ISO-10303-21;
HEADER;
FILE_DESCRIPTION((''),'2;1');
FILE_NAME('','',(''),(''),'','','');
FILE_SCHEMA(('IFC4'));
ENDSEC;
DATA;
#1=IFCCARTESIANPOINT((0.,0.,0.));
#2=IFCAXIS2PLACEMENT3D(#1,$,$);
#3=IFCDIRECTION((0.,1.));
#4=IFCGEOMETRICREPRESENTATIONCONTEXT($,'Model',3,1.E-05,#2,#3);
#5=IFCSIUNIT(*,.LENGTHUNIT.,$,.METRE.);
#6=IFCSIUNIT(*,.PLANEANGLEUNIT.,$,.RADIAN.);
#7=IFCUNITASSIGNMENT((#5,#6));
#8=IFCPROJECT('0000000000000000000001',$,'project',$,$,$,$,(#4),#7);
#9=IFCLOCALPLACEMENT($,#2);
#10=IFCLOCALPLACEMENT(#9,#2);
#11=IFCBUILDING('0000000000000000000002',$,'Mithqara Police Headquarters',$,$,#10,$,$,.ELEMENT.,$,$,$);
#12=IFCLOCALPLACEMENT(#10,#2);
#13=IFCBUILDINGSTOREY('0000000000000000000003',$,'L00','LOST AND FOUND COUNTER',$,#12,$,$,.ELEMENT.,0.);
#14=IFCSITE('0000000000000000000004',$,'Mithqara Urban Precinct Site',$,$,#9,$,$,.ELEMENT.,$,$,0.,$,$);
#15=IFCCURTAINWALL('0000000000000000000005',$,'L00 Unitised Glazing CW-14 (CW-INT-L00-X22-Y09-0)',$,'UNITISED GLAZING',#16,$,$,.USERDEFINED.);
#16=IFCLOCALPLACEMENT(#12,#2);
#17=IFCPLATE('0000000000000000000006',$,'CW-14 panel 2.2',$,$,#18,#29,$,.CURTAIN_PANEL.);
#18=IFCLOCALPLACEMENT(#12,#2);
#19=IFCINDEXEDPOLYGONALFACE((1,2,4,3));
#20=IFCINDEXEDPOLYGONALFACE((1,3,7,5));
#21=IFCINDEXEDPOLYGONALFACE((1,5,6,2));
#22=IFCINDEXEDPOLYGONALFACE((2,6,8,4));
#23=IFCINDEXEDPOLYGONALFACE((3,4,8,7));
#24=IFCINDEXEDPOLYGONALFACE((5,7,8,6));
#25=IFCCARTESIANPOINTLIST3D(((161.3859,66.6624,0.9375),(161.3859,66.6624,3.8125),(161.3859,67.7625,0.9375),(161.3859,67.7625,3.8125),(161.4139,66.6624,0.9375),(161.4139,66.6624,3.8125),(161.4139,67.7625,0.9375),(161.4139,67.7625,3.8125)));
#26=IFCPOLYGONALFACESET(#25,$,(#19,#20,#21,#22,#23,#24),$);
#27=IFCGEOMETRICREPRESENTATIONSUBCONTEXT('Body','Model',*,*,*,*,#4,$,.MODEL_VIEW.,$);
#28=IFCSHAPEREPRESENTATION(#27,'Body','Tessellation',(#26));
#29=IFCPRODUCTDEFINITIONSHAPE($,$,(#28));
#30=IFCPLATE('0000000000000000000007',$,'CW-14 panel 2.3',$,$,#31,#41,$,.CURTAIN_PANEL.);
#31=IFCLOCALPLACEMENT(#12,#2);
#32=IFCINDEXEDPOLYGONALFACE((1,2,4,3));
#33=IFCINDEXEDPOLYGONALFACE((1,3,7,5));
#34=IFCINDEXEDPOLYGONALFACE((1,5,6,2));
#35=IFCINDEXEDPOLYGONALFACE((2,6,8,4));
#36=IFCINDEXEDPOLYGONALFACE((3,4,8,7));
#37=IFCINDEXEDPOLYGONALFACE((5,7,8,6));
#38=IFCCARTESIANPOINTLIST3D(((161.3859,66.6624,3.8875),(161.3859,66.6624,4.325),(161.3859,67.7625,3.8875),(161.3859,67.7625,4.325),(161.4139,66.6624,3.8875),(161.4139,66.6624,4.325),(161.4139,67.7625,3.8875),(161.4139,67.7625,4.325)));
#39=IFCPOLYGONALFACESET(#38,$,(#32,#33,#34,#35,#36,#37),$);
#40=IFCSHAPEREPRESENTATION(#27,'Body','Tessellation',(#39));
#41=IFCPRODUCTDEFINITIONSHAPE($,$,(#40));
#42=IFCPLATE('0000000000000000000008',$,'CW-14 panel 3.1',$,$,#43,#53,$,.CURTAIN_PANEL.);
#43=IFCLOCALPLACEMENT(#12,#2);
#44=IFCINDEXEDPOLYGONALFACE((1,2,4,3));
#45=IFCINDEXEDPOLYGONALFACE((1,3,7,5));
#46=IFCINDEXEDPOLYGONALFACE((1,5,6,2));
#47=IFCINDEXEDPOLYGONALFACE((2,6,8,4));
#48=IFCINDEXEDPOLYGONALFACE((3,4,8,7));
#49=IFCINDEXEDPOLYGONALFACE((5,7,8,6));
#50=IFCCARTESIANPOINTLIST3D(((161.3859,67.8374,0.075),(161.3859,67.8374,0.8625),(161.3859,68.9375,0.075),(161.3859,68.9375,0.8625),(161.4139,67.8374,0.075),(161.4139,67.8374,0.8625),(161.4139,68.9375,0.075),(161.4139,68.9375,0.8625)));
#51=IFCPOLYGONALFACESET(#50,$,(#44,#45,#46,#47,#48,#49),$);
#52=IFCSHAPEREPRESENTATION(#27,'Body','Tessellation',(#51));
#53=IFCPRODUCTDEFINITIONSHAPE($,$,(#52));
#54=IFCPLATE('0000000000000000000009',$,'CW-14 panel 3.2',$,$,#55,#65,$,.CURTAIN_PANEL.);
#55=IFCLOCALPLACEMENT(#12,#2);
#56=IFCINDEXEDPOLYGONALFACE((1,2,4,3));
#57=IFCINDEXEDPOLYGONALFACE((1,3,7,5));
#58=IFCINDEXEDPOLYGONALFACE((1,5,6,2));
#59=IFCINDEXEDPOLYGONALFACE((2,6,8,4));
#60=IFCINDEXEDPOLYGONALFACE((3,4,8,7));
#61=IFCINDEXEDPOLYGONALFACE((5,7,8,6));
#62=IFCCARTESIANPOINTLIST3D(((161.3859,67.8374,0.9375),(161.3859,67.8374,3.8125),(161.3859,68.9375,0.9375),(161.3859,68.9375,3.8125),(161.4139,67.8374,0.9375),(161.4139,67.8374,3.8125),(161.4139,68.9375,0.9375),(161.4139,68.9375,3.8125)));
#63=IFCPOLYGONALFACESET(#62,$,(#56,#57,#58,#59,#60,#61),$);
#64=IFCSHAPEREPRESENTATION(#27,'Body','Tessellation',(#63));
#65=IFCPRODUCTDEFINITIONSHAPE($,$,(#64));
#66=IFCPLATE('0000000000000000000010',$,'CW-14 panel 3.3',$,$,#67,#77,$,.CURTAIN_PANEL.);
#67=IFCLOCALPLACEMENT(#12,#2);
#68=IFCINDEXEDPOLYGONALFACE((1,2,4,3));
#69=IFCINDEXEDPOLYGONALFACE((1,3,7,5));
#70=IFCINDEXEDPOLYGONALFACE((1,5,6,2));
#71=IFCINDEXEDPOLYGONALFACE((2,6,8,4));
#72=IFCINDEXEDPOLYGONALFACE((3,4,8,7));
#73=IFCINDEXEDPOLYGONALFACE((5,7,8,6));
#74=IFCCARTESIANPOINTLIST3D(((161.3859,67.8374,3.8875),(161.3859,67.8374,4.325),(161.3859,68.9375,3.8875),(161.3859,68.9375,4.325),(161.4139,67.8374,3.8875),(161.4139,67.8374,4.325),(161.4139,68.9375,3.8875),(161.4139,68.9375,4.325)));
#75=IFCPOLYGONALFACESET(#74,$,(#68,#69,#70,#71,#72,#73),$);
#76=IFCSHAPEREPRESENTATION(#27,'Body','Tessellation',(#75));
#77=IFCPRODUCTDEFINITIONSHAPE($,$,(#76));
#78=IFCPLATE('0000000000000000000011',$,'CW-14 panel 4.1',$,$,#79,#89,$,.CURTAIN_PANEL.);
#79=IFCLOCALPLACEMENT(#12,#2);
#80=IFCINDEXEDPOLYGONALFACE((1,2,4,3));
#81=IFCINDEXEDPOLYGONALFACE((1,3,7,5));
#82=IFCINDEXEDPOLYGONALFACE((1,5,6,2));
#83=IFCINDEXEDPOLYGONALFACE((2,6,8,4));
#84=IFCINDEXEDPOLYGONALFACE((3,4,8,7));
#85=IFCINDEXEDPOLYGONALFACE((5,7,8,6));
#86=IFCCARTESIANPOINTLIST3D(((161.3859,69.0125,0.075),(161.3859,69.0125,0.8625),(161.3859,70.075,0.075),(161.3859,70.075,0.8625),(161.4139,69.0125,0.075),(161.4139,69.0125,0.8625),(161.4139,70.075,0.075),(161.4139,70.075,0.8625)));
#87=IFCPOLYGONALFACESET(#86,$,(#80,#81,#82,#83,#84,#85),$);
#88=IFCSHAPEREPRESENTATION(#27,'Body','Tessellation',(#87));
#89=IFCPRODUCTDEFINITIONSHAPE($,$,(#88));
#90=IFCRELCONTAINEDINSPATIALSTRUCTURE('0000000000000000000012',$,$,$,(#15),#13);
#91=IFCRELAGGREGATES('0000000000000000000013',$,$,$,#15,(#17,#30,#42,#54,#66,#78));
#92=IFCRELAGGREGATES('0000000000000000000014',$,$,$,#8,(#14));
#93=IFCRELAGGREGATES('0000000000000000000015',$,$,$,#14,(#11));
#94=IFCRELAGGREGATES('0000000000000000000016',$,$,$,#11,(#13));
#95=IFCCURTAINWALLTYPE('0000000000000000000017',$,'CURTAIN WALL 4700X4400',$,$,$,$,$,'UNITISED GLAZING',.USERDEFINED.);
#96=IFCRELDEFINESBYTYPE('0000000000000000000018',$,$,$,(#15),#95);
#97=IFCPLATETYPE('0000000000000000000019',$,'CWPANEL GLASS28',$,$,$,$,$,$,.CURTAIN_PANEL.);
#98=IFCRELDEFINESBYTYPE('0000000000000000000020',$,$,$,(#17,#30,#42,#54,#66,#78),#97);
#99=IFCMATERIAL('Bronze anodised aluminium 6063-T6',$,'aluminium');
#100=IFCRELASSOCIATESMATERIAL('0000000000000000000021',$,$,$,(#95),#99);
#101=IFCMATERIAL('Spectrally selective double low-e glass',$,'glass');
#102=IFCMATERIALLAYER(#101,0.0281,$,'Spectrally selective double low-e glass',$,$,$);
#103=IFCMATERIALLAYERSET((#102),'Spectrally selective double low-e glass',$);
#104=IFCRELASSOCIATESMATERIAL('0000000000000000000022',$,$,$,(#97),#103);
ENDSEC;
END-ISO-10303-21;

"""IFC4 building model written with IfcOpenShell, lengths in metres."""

from ifc_helpers import new_model, si_unit, direction, frame, origin, origin_2d, place, context, subcontext, project, spatial, rectangle, extrude, material, layer, layer_set, type_object, element, aggregate, save


model = new_model("IFC4")

# Units and contexts
model_context = context("Model", 3, precision=1e-05, world=origin(), true_north=direction((0.0, 1.0)))
body_context = subcontext(model_context, "Body", "Model", "MODEL_VIEW")
ifc_project = project(units=[si_unit("LENGTHUNIT", "METRE"), si_unit("PLANEANGLEUNIT", "RADIAN")], contexts=[model_context])

# Site, building, storey
site_placement = place(None, origin())
site = spatial("IfcSite", under=ifc_project, at=site_placement, Name="Mithqara Urban Precinct Site", CompositionType="ELEMENT", RefElevation=0.0)
building_placement = place(site_placement, origin())
building = spatial("IfcBuilding", under=site, at=building_placement, Name="Mithqara Police Headquarters", CompositionType="ELEMENT")
storey_placement = place(building_placement, origin())
storey = spatial("IfcBuildingStorey", under=building, at=storey_placement, Name="L00", Description="LOST AND FOUND COUNTER", CompositionType="ELEMENT", Elevation=0.0)

# Shared definitions
ifc_material_1 = material(Name="Bronze anodised aluminium 6063-T6", Category="aluminium")
curtain_wall_type = type_object("IfcCurtainWallType", Name="CURTAIN WALL 4700X4400", ElementType="UNITISED GLAZING", PredefinedType="USERDEFINED", material=ifc_material_1)

# Curtain wall
curtain_wall_1_placement = place(storey_placement, origin())
curtain_wall_1 = element("IfcCurtainWall", 1, at=curtain_wall_1_placement, inside=storey, type_object=curtain_wall_type, Name="L00 Unitised Glazing CW-14 (CW-INT-L00-X22-Y09-0)", ObjectType="UNITISED GLAZING", PredefinedType="USERDEFINED")

# Plates
ifc_material_2 = material(Name="Spectrally selective double low-e glass", Category="glass")
ifc_layer = layer(ifc_material_2, 0.0281, Name="Spectrally selective double low-e glass")
ifc_layer_set = layer_set([ifc_layer], Name="Spectrally selective double low-e glass")
plate_type = type_object("IfcPlateType", Name="CWPANEL GLASS28", PredefinedType="CURTAIN_PANEL", material=ifc_layer_set)
plate_1_placement = place(storey_placement, frame((161.3999, 67.2124, 0.9375), z_axis=(0.0, 0.0, 1.0), x_axis=(0.0, 1.0, 0.0)))
plate_1 = element("IfcPlate", 2, at=plate_1_placement, type_object=plate_type, Name="CW-14 panel 2.2", PredefinedType="CURTAIN_PANEL", context=body_context, shape_type="SweptSolid", body=[
    extrude(rectangle(XDim=1.1001, YDim=0.0281, at=origin_2d()), origin(), (0.0, 0.0, 1.0), 2.875),
])
plate_2_placement = place(storey_placement, frame((161.3999, 67.2124, 3.8875), z_axis=(0.0, 0.0, 1.0), x_axis=(0.0, 1.0, 0.0)))
plate_2 = element("IfcPlate", 3, at=plate_2_placement, type_object=plate_type, Name="CW-14 panel 2.3", PredefinedType="CURTAIN_PANEL", context=body_context, shape_type="SweptSolid", body=[
    extrude(rectangle(XDim=1.1001, YDim=0.0281, at=origin_2d()), origin(), (0.0, 0.0, 1.0), 0.4375),
])
plate_3_placement = place(storey_placement, frame((161.3999, 68.3875, 0.075), z_axis=(0.0, 0.0, 1.0), x_axis=(0.0, 1.0, 0.0)))
plate_3 = element("IfcPlate", 4, at=plate_3_placement, type_object=plate_type, Name="CW-14 panel 3.1", PredefinedType="CURTAIN_PANEL", context=body_context, shape_type="SweptSolid", body=[
    extrude(rectangle(XDim=1.1001, YDim=0.0281, at=origin_2d()), origin(), (0.0, 0.0, 1.0), 0.7876),
])
plate_4_placement = place(storey_placement, frame((161.3999, 68.3875, 0.9375), z_axis=(0.0, 0.0, 1.0), x_axis=(0.0, 1.0, 0.0)))
plate_4 = element("IfcPlate", 5, at=plate_4_placement, type_object=plate_type, Name="CW-14 panel 3.2", PredefinedType="CURTAIN_PANEL", context=body_context, shape_type="SweptSolid", body=[
    extrude(rectangle(XDim=1.1001, YDim=0.0281, at=origin_2d()), origin(), (0.0, 0.0, 1.0), 2.875),
])
plate_5_placement = place(storey_placement, frame((161.3999, 68.3875, 3.8875), z_axis=(0.0, 0.0, 1.0), x_axis=(0.0, 1.0, 0.0)))
plate_5 = element("IfcPlate", 6, at=plate_5_placement, type_object=plate_type, Name="CW-14 panel 3.3", PredefinedType="CURTAIN_PANEL", context=body_context, shape_type="SweptSolid", body=[
    extrude(rectangle(XDim=1.1001, YDim=0.0281, at=origin_2d()), origin(), (0.0, 0.0, 1.0), 0.4375),
])
plate_6_placement = place(storey_placement, frame((161.3999, 69.5437, 0.075), z_axis=(0.0, 0.0, 1.0), x_axis=(0.0, 1.0, 0.0)))
plate_6 = element("IfcPlate", 7, at=plate_6_placement, type_object=plate_type, Name="CW-14 panel 4.1", PredefinedType="CURTAIN_PANEL", context=body_context, shape_type="SweptSolid", body=[
    extrude(rectangle(XDim=1.0625, YDim=0.0281, at=origin_2d()), origin(), (0.0, 0.0, 1.0), 0.7876),
])
aggregate(curtain_wall_1, [plate_1, plate_2, plate_3, plate_4, plate_5, plate_6])

save(model, "model.ifc")
